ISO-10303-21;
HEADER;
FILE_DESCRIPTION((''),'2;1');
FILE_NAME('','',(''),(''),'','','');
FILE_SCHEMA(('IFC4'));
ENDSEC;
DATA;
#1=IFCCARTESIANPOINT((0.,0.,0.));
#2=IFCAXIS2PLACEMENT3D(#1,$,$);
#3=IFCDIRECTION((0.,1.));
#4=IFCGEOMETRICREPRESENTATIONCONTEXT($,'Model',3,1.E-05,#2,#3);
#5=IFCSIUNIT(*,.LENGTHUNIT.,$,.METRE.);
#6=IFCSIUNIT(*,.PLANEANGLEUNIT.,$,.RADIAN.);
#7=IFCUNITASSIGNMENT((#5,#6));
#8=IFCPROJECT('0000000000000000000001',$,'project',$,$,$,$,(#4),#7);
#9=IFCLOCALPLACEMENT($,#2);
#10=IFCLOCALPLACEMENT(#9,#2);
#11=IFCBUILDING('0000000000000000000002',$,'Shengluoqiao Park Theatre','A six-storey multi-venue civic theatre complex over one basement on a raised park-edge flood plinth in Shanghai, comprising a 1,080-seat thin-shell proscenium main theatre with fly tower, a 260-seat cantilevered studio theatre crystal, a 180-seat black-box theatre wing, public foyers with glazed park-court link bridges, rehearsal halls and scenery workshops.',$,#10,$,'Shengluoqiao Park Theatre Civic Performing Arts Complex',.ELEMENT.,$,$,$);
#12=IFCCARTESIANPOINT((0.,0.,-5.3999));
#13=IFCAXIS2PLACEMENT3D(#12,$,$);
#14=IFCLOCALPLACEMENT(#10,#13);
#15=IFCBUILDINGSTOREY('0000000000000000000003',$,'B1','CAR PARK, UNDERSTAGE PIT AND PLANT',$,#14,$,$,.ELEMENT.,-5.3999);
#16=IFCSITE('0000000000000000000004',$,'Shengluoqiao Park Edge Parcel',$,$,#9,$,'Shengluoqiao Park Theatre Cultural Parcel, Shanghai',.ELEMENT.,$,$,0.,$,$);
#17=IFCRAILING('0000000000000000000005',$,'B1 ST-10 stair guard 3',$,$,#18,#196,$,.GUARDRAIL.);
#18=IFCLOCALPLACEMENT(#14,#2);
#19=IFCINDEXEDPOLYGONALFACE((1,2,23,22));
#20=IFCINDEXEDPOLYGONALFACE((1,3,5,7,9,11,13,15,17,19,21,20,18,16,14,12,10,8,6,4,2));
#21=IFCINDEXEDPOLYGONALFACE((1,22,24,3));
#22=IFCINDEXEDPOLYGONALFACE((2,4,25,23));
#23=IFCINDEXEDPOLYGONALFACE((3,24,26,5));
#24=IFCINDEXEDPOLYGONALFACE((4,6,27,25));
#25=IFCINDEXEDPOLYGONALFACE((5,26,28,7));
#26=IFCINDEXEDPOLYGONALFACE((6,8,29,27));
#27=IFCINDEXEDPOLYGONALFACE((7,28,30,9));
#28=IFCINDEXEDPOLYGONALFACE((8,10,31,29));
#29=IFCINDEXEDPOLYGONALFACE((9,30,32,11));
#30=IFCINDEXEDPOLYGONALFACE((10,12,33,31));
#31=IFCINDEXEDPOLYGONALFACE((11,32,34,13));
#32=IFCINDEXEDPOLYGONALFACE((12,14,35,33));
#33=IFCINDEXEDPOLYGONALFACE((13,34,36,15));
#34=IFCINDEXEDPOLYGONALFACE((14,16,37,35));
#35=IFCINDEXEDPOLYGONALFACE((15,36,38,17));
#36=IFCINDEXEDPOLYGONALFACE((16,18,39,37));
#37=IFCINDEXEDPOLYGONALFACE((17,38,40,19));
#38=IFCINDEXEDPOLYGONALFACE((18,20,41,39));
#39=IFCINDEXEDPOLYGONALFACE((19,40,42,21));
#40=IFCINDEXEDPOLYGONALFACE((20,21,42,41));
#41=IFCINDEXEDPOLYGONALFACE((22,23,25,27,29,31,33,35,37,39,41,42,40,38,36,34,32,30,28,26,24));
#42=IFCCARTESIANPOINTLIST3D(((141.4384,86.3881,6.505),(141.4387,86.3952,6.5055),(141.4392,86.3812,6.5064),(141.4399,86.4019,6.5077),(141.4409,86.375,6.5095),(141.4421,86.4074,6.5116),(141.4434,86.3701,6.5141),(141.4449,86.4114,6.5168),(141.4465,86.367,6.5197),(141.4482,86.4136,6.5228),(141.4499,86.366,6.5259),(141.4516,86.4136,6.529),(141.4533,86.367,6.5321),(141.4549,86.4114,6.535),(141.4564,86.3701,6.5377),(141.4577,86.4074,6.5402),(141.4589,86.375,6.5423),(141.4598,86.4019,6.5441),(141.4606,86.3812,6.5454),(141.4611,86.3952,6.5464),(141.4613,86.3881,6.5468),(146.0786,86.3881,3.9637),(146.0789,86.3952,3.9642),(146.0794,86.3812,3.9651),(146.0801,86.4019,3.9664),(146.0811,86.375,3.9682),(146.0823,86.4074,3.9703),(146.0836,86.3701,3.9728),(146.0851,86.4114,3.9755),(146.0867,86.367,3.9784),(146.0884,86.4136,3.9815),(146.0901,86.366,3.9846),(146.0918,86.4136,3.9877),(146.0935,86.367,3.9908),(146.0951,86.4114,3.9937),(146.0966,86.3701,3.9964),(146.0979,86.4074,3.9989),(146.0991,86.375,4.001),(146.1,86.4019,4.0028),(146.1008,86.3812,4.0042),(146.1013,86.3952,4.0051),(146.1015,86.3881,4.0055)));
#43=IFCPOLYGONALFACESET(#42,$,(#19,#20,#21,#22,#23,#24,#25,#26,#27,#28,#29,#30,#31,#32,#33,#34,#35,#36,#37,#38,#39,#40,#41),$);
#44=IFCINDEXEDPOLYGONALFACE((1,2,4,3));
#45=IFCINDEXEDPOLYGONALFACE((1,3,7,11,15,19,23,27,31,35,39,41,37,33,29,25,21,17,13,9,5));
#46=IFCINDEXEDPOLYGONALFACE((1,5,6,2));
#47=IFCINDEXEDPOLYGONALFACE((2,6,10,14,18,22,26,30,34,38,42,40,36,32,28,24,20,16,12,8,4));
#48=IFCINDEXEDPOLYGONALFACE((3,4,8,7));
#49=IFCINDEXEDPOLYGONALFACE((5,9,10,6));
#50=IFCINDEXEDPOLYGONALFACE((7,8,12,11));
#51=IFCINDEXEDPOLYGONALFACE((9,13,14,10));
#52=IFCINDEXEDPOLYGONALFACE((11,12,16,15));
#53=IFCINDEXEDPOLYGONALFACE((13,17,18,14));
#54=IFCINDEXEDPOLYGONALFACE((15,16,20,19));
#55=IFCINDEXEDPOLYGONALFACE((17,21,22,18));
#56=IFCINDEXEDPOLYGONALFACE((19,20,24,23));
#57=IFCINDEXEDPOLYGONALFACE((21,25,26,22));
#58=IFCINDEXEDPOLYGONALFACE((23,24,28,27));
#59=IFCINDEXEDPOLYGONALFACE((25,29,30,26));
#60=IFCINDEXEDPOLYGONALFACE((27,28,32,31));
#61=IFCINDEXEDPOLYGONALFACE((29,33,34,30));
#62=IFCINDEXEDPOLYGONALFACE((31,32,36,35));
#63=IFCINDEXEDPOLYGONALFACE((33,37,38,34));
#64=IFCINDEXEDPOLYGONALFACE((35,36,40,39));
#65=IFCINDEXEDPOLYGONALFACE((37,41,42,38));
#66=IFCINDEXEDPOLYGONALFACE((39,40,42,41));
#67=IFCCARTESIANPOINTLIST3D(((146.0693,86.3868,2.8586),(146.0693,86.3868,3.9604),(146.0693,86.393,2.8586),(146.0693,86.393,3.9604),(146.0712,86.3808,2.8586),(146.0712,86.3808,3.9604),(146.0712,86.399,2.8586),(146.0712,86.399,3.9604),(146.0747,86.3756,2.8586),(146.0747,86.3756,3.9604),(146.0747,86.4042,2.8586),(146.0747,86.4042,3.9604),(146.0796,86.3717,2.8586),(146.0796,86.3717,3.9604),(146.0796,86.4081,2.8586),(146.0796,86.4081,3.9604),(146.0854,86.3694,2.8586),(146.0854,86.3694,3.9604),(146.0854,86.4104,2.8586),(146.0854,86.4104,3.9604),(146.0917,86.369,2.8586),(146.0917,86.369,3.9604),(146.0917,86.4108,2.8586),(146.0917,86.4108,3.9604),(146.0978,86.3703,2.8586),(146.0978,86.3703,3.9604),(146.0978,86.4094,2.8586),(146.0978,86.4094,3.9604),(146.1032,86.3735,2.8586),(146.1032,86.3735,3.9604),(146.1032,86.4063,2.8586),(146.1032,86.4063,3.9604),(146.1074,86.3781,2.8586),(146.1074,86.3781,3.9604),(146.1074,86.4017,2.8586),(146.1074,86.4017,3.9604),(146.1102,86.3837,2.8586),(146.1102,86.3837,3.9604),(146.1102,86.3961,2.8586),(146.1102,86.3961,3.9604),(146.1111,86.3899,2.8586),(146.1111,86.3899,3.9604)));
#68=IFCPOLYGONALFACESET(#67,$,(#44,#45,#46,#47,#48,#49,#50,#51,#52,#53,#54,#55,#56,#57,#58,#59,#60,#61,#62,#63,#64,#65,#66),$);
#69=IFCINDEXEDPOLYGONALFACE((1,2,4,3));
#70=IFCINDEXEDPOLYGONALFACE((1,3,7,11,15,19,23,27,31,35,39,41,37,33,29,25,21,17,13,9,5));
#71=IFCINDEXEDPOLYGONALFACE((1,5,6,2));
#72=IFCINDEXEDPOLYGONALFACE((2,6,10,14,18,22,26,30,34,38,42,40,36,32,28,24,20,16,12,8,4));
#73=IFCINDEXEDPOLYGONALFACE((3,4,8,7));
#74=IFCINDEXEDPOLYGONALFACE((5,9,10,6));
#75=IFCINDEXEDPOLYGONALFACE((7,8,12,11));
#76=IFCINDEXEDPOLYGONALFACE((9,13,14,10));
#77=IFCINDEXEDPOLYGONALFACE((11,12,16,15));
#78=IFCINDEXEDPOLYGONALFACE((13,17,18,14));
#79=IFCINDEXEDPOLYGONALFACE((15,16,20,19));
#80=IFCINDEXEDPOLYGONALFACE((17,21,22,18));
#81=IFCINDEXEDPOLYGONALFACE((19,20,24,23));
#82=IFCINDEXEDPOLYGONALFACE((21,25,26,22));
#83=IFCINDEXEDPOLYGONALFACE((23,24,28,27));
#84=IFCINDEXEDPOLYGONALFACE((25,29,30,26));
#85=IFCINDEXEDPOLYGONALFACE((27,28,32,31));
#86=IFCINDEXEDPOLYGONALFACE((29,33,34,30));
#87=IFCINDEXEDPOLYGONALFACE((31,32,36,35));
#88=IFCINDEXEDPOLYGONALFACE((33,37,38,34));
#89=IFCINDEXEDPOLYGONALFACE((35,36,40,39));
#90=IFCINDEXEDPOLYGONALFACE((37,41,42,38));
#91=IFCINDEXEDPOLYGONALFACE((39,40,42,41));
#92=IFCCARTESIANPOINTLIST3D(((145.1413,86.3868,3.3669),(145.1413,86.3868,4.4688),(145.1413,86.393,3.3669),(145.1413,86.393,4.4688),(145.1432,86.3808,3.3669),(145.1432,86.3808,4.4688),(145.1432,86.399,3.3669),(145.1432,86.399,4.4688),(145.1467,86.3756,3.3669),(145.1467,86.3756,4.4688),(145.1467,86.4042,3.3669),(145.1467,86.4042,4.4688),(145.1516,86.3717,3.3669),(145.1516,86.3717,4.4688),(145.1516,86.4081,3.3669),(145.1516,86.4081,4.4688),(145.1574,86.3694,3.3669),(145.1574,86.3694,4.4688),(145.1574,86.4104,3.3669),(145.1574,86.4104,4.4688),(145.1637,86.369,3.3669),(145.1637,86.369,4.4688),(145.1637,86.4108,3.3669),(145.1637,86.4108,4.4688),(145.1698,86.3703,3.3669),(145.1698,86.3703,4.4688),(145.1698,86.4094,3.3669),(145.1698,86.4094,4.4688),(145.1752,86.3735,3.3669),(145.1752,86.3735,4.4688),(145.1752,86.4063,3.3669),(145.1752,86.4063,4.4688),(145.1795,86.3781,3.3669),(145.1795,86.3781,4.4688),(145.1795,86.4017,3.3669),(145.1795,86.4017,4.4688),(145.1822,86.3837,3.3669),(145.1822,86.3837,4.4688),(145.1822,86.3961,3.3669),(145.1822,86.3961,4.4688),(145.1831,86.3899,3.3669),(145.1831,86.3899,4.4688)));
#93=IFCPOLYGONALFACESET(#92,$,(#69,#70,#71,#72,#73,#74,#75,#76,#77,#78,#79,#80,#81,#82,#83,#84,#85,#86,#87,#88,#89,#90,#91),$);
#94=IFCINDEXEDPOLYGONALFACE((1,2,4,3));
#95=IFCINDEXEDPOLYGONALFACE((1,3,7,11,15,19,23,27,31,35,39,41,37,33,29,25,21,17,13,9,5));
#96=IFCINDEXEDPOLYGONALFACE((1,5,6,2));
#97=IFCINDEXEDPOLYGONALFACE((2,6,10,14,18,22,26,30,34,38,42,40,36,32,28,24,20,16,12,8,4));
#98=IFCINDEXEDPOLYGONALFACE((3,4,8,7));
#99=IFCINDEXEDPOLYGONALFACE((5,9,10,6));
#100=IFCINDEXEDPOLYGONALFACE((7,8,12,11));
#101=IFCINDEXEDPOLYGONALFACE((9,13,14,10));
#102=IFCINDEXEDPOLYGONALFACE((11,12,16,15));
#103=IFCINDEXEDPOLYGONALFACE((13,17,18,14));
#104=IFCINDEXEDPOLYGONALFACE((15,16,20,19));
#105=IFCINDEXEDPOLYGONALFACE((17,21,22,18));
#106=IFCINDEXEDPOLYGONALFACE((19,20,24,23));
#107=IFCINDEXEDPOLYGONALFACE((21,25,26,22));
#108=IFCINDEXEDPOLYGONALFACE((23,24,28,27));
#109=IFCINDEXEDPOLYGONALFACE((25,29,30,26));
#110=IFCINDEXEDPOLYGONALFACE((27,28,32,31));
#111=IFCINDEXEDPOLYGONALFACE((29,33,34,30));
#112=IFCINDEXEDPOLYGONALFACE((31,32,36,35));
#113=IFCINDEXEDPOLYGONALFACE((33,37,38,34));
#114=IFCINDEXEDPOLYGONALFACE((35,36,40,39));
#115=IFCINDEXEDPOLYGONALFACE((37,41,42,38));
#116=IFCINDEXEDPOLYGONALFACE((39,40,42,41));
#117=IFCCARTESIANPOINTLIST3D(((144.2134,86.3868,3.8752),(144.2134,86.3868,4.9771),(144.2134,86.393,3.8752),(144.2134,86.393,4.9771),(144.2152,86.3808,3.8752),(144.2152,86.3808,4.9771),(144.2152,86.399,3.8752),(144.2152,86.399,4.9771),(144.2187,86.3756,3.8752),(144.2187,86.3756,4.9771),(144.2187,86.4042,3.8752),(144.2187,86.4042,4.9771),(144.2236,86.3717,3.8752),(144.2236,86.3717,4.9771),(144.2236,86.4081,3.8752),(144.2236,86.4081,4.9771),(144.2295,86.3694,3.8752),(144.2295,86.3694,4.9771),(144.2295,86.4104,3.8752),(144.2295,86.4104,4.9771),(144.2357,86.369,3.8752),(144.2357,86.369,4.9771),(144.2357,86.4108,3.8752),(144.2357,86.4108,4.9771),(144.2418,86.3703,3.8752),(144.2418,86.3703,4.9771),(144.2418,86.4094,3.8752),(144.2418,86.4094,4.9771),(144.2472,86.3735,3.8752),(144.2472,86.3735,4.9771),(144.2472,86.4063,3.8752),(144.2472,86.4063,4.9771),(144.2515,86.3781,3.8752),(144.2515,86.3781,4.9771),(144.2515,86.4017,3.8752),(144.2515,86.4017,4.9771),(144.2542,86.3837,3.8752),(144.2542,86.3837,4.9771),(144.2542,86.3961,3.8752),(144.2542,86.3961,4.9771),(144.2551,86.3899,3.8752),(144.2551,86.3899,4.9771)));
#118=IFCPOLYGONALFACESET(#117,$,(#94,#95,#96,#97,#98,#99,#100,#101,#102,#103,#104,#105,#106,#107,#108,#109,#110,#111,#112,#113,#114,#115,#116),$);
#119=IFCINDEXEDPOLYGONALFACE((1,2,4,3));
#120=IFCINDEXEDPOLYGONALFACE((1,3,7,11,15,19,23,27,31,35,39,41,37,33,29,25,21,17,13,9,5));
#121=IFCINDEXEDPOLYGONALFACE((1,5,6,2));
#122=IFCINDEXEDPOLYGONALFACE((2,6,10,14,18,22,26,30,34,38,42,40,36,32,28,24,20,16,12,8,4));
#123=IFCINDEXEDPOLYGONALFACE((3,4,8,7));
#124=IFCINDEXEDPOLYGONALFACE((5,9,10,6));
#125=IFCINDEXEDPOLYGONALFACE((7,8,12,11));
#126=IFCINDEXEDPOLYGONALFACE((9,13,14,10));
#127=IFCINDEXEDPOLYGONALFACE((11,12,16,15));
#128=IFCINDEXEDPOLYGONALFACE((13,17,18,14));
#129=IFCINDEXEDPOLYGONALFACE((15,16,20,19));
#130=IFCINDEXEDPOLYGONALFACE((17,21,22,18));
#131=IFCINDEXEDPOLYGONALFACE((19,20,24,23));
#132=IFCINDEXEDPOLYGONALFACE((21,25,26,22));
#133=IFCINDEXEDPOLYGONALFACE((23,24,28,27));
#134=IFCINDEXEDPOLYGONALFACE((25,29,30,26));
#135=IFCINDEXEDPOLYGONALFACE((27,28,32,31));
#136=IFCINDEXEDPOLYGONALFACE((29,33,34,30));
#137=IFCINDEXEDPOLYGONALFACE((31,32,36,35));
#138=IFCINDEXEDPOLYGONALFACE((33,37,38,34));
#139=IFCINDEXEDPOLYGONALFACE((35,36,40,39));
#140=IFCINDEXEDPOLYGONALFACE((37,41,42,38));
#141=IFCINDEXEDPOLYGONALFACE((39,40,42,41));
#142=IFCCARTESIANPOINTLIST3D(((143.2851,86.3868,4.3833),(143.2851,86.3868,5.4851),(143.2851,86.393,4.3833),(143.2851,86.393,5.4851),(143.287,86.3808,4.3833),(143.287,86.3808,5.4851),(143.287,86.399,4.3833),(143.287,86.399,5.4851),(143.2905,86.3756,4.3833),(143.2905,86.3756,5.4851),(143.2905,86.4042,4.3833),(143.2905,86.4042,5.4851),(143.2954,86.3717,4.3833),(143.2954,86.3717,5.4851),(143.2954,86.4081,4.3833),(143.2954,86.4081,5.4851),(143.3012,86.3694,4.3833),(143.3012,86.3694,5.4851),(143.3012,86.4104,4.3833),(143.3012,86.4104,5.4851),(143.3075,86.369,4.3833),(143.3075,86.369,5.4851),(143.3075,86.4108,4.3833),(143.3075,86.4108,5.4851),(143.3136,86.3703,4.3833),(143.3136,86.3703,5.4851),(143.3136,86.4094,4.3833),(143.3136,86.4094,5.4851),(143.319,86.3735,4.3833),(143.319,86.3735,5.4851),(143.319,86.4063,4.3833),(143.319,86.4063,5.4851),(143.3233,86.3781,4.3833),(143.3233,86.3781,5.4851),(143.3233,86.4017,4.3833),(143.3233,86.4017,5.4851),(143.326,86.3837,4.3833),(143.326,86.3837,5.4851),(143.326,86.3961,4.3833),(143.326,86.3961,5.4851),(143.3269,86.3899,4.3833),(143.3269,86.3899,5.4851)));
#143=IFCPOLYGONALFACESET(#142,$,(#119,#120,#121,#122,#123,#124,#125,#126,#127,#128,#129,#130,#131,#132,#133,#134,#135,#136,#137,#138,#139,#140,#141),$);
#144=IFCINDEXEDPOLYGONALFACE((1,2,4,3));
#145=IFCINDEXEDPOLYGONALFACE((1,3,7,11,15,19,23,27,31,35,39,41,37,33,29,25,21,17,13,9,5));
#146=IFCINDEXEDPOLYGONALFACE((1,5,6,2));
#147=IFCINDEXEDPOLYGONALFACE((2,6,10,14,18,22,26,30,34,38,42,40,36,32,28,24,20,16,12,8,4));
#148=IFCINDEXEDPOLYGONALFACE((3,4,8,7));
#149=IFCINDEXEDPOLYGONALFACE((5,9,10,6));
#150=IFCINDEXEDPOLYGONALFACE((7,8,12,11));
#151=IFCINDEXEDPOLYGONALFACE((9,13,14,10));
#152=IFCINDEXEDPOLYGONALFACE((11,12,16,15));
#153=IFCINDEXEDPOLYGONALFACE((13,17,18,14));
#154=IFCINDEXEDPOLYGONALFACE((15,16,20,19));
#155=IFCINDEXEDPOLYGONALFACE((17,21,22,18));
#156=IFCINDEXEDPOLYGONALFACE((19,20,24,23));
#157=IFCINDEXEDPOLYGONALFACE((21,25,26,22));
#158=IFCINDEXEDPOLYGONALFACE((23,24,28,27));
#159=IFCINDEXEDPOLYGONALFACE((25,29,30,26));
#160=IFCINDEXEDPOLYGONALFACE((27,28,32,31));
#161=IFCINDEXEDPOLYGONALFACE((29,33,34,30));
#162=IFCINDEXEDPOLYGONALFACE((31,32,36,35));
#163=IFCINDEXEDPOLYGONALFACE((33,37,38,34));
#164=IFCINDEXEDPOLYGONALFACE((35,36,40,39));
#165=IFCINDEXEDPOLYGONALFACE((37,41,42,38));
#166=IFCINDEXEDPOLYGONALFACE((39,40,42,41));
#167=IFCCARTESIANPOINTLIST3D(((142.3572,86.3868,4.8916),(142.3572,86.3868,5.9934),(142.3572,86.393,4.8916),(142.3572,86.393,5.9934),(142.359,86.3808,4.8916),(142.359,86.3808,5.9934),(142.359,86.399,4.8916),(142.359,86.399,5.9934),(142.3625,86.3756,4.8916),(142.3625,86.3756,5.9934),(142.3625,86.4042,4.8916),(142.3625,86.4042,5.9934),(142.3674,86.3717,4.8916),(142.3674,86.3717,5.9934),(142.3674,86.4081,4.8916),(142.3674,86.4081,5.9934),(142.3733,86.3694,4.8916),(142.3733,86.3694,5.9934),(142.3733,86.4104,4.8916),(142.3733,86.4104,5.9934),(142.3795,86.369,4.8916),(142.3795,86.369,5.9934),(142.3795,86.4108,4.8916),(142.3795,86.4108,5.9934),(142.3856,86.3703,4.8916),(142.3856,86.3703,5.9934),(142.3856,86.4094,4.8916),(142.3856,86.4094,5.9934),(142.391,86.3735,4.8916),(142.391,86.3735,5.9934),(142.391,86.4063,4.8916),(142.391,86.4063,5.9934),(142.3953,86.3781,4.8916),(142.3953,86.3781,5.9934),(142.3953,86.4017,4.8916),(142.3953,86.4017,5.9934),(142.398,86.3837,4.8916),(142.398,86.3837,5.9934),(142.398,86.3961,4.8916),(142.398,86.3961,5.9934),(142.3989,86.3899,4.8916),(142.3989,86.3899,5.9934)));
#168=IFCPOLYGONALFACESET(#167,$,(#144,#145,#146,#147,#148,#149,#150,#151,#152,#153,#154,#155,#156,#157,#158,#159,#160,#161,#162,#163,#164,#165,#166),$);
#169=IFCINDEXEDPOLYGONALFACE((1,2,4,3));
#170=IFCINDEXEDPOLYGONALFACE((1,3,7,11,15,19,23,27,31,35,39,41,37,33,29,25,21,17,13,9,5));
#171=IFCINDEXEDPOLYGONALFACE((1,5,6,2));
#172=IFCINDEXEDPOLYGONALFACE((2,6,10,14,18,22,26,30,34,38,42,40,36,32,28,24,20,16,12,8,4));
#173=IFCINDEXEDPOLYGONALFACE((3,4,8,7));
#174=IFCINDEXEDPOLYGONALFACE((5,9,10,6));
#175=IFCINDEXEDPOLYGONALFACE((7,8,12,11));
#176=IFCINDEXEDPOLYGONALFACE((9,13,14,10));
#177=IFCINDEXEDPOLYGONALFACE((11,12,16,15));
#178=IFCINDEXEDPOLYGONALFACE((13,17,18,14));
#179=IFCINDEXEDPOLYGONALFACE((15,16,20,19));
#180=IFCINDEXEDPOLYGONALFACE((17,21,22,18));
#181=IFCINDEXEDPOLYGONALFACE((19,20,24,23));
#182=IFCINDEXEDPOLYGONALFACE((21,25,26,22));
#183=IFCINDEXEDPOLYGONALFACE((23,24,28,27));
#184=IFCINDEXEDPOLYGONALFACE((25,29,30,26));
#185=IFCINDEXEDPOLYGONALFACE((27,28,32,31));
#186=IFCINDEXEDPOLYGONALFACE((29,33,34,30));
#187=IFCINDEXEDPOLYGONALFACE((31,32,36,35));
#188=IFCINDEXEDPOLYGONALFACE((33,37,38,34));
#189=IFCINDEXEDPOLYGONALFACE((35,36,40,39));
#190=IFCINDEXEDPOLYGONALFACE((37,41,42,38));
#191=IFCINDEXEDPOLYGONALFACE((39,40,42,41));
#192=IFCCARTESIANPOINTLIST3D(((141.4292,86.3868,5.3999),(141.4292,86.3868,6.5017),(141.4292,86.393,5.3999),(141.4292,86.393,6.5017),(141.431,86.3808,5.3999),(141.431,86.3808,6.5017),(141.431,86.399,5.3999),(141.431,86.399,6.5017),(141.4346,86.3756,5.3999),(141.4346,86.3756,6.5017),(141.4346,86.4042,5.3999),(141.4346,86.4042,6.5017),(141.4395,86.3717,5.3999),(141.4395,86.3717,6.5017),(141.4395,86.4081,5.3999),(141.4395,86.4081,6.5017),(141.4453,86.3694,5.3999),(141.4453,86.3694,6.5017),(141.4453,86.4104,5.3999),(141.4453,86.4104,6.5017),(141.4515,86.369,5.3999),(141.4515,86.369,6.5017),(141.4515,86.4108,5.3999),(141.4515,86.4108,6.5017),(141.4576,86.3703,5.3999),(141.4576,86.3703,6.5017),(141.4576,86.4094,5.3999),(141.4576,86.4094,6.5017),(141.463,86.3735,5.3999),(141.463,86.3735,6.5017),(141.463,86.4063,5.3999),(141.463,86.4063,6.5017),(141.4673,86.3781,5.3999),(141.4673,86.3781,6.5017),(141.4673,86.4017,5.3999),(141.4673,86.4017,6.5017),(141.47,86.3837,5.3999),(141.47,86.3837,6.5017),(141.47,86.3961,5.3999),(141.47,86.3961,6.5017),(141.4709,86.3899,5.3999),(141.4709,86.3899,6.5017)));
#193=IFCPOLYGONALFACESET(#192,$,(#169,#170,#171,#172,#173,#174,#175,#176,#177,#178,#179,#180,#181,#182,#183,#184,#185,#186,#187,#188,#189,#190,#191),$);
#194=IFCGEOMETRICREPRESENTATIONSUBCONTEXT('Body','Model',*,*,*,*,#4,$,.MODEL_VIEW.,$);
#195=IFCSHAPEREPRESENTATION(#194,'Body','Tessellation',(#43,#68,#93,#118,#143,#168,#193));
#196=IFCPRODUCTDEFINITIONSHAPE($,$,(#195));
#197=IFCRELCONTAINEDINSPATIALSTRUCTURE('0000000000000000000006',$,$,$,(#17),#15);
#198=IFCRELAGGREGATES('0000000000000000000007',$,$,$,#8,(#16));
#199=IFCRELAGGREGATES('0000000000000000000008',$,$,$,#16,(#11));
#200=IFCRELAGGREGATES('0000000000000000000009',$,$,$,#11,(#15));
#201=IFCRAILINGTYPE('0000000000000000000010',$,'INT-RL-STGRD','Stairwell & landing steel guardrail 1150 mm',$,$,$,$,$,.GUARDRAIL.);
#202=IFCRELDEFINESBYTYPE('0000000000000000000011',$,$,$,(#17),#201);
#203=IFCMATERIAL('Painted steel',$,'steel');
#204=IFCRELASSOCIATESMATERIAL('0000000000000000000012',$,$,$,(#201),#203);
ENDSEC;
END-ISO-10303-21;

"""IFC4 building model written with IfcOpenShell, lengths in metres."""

from ifc_helpers import new_model, si_unit, direction, frame, origin, origin_2d, place, context, subcontext, project, spatial, circle, extrude, material, type_object, element, save


model = new_model("IFC4")

# Units and contexts
model_context = context("Model", 3, precision=1e-05, world=origin(), true_north=direction((0.0, 1.0)))
body_context = subcontext(model_context, "Body", "Model", "MODEL_VIEW")
ifc_project = project(units=[si_unit("LENGTHUNIT", "METRE"), si_unit("PLANEANGLEUNIT", "RADIAN")], contexts=[model_context])

# Site, building, storey
site_placement = place(None, origin())
site = spatial("IfcSite", under=ifc_project, at=site_placement, Name="Shengluoqiao Park Edge Parcel", LongName="Shengluoqiao Park Theatre Cultural Parcel, Shanghai", CompositionType="ELEMENT", RefElevation=0.0)
building_placement = place(site_placement, origin())
building = spatial("IfcBuilding", under=site, at=building_placement, Name="Shengluoqiao Park Theatre", Description="A six-storey multi-venue civic theatre complex over one basement on a raised park-edge flood plinth in Shanghai, comprising a 1,080-seat thin-shell proscenium main theatre with fly tower, a 260-seat cantilevered studio theatre crystal, a 180-seat black-box theatre wing, public foyers with glazed park-court link bridges, rehearsal halls and scenery workshops.", LongName="Shengluoqiao Park Theatre Civic Performing Arts Complex", CompositionType="ELEMENT")
storey_placement = place(building_placement, frame((0.0, 0.0, -5.3999)))
storey = spatial("IfcBuildingStorey", under=building, at=storey_placement, Name="B1", Description="CAR PARK, UNDERSTAGE PIT AND PLANT", CompositionType="ELEMENT", Elevation=-5.3999)

# Railing
ifc_material_1 = material(Name="Painted steel", Category="steel")
railing_type_1 = type_object("IfcRailingType", Name="INT-RL-STGRD", Description="Stairwell & landing steel guardrail 1150 mm", PredefinedType="GUARDRAIL", material=ifc_material_1)
railing_1_placement = place(storey_placement, frame((146.0901, 86.3899, 2.8586)))
element("IfcRailing", 1, at=railing_1_placement, inside=storey, type_object=railing_type_1, Name="B1 ST-10 stair guard 3", PredefinedType="GUARDRAIL", context=body_context, shape_type="SweptSolid", body=[
    extrude(circle(Radius=0.0239, at=origin_2d()), frame((0.0, 0.0, 1.126), z_axis=(-0.877078, 0.0, 0.480348), x_axis=(0.0, -1.0, 0.0)), (0.0, 0.0, 1.0), 5.2905),
    extrude(circle(Radius=0.021, at=origin_2d()), origin(), (0.0, 0.0, 1.0), 1.1018),
    extrude(circle(Radius=0.021, at=origin_2d()), frame((-0.928, 0.0, 0.5083)), (0.0, 0.0, 1.0), 1.1018),
    extrude(circle(Radius=0.021, at=origin_2d()), frame((-1.856, 0.0, 1.0166)), (0.0, 0.0, 1.0), 1.1018),
    extrude(circle(Radius=0.021, at=origin_2d()), frame((-2.7842, 0.0, 1.5247)), (0.0, 0.0, 1.0), 1.1018),
    extrude(circle(Radius=0.021, at=origin_2d()), frame((-3.7122, 0.0, 2.033)), (0.0, 0.0, 1.0), 1.1018),
    extrude(circle(Radius=0.021, at=origin_2d()), frame((-4.6401, 0.0, 2.5413)), (0.0, 0.0, 1.0), 1.1018),
])

save(model, "model.ifc")
